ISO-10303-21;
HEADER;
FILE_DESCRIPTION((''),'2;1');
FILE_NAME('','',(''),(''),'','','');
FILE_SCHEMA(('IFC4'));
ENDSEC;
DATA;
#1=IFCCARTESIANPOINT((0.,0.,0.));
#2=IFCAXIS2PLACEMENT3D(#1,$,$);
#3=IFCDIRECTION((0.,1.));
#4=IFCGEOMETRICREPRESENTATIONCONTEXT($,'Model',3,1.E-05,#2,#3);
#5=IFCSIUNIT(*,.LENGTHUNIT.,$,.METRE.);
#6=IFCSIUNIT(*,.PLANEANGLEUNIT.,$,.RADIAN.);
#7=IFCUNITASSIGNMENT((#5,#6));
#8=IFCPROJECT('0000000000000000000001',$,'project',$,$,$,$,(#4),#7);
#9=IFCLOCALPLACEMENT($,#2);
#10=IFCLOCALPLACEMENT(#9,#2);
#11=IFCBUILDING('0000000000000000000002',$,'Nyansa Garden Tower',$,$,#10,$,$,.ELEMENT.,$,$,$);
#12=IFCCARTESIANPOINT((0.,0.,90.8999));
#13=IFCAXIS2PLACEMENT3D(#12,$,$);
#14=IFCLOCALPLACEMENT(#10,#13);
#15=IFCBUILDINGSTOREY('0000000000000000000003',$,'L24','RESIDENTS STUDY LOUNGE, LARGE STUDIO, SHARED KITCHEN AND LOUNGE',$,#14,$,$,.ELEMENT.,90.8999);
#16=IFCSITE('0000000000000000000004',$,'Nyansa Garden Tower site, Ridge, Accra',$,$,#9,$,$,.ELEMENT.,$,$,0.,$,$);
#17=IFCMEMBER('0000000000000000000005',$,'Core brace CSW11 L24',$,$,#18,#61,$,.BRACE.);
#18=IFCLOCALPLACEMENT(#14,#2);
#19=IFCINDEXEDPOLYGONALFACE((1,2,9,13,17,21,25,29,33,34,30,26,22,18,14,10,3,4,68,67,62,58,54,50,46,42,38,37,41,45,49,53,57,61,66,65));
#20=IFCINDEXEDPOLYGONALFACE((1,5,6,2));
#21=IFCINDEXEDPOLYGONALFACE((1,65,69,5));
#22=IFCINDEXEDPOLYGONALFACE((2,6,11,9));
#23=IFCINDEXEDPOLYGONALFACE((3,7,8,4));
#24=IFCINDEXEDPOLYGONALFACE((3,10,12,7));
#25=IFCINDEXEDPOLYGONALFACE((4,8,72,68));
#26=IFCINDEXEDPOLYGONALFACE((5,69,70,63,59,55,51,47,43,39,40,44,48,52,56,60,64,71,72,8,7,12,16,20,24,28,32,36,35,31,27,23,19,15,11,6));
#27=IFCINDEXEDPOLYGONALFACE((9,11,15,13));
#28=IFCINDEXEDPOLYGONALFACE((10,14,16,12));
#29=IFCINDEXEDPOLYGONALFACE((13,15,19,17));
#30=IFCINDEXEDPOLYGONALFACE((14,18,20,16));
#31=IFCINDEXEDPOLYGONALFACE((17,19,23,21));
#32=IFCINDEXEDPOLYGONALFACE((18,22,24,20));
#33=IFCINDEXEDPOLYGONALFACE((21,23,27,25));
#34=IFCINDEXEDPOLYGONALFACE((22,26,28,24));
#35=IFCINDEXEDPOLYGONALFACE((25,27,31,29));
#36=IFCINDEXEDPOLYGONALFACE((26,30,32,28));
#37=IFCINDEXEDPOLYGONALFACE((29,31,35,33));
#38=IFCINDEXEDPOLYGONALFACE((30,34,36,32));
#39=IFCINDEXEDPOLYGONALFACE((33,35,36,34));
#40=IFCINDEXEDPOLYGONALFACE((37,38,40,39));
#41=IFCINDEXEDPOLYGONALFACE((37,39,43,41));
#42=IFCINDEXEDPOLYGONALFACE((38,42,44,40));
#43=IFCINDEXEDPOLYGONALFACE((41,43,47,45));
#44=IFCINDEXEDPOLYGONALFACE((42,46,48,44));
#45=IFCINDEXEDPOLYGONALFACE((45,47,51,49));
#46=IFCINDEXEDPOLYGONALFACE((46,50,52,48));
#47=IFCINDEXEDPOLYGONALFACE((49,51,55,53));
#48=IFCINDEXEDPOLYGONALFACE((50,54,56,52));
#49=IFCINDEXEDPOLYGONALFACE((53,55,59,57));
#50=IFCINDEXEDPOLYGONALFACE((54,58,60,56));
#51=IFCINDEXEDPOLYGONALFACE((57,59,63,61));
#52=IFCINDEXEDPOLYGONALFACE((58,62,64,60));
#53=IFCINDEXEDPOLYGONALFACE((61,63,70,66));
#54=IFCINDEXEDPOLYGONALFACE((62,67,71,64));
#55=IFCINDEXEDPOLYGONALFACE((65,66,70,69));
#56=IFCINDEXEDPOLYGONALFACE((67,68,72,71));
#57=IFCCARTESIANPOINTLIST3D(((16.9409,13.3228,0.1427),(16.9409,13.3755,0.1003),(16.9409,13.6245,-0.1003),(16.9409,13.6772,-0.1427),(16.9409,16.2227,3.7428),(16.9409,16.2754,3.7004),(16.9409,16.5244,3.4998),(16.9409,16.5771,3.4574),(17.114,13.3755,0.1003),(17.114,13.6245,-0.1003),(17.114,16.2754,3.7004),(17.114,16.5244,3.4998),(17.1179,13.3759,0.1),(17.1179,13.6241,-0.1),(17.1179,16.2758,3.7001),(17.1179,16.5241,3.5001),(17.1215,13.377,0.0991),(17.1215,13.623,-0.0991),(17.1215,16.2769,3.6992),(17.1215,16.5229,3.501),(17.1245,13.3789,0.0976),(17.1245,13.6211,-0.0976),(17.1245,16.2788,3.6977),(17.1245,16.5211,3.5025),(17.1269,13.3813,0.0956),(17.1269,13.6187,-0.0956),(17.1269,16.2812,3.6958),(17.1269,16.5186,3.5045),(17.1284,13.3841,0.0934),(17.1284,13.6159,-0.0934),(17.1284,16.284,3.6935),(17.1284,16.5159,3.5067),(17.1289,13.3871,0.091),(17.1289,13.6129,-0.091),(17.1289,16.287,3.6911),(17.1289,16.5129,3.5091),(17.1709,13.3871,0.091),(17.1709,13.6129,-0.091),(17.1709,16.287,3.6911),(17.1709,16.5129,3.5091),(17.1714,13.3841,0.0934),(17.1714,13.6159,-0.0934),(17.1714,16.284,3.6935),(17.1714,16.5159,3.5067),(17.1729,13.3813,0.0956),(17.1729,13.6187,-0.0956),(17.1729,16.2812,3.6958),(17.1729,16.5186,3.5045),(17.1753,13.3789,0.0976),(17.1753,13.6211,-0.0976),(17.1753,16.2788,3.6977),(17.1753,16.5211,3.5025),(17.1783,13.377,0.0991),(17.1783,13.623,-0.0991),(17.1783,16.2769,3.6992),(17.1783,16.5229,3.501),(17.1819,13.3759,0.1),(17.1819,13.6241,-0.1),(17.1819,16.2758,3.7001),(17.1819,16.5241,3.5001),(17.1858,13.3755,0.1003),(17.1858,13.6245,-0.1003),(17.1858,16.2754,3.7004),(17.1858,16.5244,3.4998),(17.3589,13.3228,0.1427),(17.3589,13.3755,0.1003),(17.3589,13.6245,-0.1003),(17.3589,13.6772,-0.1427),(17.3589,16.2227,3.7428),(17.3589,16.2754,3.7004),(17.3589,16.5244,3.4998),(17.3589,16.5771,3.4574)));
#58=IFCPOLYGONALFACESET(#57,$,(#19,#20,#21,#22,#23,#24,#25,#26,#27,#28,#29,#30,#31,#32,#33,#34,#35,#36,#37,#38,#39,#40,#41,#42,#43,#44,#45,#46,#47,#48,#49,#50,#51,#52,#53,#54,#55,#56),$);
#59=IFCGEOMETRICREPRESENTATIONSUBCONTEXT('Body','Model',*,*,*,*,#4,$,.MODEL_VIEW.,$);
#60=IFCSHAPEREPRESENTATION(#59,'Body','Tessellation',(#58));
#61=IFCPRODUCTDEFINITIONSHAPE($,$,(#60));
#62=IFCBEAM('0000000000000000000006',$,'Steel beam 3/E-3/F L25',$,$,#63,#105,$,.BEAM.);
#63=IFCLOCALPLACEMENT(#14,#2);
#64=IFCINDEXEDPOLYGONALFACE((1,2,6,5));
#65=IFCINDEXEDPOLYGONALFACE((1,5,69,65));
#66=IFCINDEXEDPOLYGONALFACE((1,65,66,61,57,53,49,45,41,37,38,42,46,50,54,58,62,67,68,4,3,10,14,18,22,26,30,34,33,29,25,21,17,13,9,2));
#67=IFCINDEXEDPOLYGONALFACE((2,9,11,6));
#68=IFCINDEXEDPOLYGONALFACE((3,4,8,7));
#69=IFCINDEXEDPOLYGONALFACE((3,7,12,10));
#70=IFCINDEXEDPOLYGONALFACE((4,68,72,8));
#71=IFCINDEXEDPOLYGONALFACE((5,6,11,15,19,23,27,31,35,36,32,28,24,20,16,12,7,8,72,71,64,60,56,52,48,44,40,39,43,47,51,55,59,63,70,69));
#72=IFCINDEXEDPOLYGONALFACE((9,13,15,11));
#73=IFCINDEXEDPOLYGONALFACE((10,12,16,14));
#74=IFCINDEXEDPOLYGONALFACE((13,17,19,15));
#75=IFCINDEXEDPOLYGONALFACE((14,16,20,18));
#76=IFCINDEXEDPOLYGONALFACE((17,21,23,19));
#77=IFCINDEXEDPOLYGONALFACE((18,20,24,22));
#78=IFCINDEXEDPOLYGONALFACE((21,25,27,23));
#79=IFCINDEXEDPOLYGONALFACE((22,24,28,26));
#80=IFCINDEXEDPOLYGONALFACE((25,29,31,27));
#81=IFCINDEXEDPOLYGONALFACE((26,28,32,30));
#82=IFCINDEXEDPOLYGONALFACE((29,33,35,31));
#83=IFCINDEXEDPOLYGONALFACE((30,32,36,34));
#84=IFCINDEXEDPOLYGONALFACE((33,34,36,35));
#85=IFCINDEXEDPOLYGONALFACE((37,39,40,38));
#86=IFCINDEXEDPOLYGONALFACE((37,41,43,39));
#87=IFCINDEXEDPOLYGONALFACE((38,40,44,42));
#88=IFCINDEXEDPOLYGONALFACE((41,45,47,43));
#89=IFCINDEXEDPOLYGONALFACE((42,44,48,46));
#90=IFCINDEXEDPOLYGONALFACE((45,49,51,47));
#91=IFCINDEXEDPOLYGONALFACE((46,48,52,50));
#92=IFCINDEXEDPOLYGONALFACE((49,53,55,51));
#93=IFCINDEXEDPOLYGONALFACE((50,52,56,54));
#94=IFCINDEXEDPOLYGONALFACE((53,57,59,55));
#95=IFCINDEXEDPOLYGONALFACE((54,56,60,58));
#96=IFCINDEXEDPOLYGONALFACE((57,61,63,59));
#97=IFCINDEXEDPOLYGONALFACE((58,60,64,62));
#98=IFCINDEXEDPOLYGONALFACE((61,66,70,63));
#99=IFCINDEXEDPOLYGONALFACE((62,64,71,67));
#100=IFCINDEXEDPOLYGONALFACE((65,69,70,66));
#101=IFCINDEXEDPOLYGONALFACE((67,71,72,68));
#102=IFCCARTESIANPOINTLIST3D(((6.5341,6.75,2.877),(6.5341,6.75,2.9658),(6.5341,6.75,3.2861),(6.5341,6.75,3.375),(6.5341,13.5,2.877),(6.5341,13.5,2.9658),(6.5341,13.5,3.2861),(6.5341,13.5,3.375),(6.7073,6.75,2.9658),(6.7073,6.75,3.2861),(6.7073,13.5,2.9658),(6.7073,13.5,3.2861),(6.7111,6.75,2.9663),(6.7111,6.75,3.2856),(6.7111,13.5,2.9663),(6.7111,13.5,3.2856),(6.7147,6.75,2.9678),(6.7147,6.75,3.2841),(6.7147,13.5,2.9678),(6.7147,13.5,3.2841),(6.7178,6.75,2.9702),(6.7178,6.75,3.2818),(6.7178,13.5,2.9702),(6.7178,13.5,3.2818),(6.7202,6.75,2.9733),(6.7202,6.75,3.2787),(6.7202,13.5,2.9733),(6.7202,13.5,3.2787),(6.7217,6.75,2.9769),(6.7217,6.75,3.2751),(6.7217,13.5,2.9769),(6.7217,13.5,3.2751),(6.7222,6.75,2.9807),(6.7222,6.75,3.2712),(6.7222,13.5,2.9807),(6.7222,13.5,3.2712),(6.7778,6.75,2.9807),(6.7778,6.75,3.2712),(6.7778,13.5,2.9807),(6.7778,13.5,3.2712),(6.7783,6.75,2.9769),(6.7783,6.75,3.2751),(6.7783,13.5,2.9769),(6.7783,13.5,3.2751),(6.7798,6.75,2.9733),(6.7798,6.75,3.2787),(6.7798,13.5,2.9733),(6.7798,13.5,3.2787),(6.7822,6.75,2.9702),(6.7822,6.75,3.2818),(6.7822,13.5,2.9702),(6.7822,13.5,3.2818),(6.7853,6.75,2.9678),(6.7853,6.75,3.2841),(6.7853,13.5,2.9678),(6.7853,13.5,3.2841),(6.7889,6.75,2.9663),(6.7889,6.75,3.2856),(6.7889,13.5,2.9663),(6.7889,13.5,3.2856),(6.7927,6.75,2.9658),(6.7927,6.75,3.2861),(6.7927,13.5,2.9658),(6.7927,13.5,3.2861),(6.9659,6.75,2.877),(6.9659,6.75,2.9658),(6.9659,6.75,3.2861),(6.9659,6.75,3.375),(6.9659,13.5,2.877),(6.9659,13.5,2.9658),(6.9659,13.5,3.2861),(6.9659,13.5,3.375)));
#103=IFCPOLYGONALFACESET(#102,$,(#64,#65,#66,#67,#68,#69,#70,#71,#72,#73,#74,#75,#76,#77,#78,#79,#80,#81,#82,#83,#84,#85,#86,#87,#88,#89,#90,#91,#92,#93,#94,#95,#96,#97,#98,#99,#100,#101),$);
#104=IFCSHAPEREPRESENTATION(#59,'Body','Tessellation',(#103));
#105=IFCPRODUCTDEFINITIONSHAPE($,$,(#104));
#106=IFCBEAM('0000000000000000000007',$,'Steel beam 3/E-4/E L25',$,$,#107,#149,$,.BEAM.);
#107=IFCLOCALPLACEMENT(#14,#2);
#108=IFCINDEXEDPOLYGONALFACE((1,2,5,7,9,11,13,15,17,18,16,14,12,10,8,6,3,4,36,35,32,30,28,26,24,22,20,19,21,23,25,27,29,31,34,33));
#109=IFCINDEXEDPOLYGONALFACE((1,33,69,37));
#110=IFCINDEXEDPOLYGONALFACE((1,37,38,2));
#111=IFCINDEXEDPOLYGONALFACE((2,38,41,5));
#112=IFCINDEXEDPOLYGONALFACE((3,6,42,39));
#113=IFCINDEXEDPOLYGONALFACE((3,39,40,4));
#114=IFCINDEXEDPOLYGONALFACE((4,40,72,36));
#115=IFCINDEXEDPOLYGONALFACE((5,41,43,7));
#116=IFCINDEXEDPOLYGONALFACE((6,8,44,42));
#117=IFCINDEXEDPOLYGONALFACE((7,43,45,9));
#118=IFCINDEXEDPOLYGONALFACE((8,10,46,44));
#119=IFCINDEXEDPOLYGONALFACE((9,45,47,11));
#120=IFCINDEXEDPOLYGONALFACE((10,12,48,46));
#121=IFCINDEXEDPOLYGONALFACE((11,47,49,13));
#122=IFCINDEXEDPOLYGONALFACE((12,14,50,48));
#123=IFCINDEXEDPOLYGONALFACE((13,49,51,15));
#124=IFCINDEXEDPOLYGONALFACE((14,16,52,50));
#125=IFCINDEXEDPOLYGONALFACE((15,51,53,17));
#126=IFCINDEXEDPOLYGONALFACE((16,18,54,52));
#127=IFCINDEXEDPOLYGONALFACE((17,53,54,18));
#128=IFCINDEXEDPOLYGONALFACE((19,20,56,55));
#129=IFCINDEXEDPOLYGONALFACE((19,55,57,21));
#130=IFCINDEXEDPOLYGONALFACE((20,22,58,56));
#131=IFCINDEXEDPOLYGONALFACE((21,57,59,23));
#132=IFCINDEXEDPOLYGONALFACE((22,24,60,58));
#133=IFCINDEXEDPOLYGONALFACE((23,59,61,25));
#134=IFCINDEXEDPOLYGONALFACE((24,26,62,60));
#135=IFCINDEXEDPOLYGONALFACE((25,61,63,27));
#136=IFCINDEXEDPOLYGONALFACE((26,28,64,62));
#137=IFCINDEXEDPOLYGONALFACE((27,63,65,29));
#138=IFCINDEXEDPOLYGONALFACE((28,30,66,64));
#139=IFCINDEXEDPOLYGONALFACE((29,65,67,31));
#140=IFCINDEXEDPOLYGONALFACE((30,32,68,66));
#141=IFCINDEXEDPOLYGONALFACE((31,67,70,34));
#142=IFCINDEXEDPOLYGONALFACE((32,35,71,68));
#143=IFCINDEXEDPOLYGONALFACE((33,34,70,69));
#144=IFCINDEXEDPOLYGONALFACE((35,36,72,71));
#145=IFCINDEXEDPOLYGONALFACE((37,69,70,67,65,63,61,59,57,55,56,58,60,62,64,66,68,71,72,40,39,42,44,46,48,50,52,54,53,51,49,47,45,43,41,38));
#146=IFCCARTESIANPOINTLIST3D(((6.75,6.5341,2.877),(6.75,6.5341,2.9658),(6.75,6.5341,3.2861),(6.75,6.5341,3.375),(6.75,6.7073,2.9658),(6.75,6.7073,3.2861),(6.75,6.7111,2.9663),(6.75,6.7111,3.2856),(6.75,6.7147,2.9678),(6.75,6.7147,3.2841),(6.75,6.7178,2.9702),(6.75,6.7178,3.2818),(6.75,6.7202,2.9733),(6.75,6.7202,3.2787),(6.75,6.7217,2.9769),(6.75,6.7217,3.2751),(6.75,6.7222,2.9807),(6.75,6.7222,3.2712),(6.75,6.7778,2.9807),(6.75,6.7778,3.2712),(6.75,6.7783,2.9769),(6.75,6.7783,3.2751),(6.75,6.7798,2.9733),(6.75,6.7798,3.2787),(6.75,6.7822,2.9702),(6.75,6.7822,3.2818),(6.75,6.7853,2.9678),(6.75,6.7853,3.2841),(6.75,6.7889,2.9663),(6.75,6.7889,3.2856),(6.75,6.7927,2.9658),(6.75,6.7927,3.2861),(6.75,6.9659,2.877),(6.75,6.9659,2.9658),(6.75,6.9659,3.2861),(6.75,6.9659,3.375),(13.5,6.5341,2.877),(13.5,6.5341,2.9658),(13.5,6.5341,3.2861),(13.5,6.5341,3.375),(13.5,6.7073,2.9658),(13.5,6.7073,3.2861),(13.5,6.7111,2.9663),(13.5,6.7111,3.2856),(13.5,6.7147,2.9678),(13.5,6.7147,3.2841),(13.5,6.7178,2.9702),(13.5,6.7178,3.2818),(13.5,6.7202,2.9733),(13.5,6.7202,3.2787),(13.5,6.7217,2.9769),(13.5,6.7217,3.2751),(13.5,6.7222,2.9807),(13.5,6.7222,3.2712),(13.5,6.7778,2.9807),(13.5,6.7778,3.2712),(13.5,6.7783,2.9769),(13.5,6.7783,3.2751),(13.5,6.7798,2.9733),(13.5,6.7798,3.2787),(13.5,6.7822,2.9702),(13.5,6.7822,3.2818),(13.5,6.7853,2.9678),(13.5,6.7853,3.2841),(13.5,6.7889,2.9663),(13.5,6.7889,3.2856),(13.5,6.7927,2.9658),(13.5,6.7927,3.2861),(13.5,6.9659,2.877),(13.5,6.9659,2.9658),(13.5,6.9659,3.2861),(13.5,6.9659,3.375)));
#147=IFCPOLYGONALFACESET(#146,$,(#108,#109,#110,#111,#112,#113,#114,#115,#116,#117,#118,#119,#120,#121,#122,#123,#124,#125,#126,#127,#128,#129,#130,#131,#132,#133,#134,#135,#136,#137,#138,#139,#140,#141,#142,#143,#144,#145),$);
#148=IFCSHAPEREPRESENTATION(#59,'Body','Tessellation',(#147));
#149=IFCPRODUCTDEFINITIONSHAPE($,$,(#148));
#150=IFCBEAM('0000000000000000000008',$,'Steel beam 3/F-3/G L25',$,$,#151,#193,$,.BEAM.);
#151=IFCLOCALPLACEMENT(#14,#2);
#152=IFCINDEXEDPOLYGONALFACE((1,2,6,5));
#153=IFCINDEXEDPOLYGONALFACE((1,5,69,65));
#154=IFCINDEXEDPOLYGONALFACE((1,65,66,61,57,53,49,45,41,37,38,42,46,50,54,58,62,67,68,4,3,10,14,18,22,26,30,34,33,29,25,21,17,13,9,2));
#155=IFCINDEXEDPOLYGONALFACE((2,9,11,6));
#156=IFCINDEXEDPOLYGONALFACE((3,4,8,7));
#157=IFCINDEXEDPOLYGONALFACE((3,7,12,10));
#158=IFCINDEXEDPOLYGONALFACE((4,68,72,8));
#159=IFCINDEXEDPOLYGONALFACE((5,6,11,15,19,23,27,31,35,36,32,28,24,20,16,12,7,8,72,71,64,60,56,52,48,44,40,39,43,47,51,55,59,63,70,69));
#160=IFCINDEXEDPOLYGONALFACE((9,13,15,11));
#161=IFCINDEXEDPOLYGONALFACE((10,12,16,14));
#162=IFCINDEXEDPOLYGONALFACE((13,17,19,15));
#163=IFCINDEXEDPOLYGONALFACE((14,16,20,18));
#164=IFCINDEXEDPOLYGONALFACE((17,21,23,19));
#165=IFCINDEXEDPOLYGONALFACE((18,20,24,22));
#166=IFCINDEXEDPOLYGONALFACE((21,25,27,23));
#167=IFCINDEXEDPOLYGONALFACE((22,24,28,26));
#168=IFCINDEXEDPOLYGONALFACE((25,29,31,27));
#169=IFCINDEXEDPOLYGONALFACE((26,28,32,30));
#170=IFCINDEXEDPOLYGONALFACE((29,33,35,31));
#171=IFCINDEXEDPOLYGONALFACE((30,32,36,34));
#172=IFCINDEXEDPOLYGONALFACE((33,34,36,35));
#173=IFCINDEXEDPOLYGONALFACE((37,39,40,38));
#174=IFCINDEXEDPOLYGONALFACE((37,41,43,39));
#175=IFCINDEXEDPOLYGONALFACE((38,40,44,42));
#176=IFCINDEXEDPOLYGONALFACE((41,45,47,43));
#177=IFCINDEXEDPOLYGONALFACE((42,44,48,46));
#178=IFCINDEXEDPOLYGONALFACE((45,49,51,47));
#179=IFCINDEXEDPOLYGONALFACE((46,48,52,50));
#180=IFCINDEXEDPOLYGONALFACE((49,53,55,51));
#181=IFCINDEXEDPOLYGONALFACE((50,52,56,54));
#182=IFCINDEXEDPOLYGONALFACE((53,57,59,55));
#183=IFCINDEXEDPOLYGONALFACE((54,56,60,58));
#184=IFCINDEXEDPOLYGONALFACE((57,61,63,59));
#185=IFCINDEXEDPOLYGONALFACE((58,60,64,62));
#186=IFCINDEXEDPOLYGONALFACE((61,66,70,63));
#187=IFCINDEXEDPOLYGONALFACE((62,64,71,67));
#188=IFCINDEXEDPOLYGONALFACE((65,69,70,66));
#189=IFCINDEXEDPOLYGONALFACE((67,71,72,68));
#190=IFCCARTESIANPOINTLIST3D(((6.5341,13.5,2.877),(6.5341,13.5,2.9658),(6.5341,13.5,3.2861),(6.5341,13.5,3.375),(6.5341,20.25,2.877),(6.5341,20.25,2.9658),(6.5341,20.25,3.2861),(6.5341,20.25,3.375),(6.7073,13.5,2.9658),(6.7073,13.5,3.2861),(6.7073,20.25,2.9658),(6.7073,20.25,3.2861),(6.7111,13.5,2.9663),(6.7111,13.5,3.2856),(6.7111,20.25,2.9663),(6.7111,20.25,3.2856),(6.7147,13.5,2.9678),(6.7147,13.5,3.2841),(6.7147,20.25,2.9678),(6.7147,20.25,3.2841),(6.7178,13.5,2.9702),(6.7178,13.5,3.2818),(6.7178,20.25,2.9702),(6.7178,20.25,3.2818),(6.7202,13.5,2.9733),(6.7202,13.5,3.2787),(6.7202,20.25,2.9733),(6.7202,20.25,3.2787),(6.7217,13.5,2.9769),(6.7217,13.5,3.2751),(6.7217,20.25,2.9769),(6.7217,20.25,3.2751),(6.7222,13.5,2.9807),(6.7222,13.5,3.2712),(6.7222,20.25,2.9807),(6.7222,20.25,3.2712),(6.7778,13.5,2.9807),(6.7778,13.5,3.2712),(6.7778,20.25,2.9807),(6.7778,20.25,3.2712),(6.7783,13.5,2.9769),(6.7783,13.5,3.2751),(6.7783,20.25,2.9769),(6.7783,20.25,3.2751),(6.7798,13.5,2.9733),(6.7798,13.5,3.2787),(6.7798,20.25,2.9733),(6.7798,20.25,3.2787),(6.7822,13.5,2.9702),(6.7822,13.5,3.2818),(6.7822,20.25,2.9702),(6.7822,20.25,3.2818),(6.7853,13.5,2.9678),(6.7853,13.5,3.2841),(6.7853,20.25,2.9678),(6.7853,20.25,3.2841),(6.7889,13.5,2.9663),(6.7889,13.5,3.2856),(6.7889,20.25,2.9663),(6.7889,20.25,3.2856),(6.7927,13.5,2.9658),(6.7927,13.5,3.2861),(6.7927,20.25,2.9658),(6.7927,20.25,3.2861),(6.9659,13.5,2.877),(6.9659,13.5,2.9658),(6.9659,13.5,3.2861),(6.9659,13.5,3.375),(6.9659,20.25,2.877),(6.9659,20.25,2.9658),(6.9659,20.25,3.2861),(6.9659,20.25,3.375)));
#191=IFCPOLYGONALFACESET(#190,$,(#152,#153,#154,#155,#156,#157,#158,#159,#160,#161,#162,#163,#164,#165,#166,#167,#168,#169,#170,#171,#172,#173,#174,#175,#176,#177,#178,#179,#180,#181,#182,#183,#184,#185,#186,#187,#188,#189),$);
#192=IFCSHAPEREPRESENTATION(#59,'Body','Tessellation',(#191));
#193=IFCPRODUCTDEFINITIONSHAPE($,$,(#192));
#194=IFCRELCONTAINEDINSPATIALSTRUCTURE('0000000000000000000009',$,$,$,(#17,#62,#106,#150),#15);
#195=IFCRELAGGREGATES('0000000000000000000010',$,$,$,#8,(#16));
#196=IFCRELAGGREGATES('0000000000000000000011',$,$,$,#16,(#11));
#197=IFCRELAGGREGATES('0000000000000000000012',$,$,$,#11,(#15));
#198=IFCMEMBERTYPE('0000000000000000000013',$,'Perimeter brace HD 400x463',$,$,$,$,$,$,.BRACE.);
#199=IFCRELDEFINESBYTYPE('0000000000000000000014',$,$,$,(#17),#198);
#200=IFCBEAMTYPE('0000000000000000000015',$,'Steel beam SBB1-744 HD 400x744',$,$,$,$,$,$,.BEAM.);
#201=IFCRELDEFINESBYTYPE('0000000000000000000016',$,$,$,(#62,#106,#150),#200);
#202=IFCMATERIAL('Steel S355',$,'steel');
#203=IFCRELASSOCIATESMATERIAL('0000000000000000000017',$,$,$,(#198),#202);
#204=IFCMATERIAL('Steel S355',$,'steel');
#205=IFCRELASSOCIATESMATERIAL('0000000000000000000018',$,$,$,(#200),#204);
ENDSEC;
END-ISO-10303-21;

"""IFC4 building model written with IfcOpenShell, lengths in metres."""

from ifc_helpers import new_model, si_unit, direction, frame, origin, origin_2d, place, context, subcontext, project, spatial, i_section, extrude, material, material_profile, profile_set, type_object, element, save


model = new_model("IFC4")

# Units and contexts
model_context = context("Model", 3, precision=1e-05, world=origin(), true_north=direction((0.0, 1.0)))
body_context = subcontext(model_context, "Body", "Model", "MODEL_VIEW")
ifc_project = project(units=[si_unit("LENGTHUNIT", "METRE"), si_unit("PLANEANGLEUNIT", "RADIAN")], contexts=[model_context])

# Site, building, storey
site_placement = place(None, origin())
site = spatial("IfcSite", under=ifc_project, at=site_placement, Name="Nyansa Garden Tower site, Ridge, Accra", CompositionType="ELEMENT", RefElevation=0.0)
building_placement = place(site_placement, origin())
building = spatial("IfcBuilding", under=site, at=building_placement, Name="Nyansa Garden Tower", CompositionType="ELEMENT")
storey_placement = place(building_placement, frame((0.0, 0.0, 90.8999)))
storey = spatial("IfcBuildingStorey", under=building, at=storey_placement, Name="L24", Description="RESIDENTS STUDY LOUNGE, LARGE STUDIO, SHARED KITCHEN AND LOUNGE", CompositionType="ELEMENT", Elevation=90.8999)

# Member
ifc_material_1 = material(Name="Steel S355", Category="steel")
ifc_material_profile_1 = material_profile(ifc_material_1, i_section(OverallWidth=0.418, OverallDepth=0.4551, WebThickness=0.042, FlangeThickness=0.0676, FilletRadius=0.0149, at=origin_2d()), Name="HD 400x463")
ifc_profile_set_1 = profile_set([ifc_material_profile_1], Name="Steel S355")
member_type_1 = type_object("IfcMemberType", Name="Perimeter brace HD 400x463", PredefinedType="BRACE", material=ifc_profile_set_1)
member_1_placement = place(storey_placement, frame((17.1499, 13.5, 0.0), z_axis=(0.0, 0.627306, 0.778773), x_axis=(-1.0, 0.0, 0.0)))
element("IfcMember", 1, at=member_1_placement, inside=storey, type_object=member_type_1, Name="Core brace CSW11 L24", PredefinedType="BRACE", context=body_context, shape_type="SweptSolid", body=[
    extrude(i_section(OverallWidth=0.418, OverallDepth=0.4551, WebThickness=0.042, FlangeThickness=0.0676, FilletRadius=0.0149, at=origin_2d()), origin(), (0.0, 0.0, 1.0), 4.6228),
])

# Beams
ifc_material_2 = material(Name="Steel S355", Category="steel")
ifc_material_profile_2 = material_profile(ifc_material_2, i_section(OverallWidth=0.4319, OverallDepth=0.498, WebThickness=0.0557, FlangeThickness=0.0889, FilletRadius=0.0149, at=origin_2d()), Name="HD 400x744")
ifc_profile_set_2 = profile_set([ifc_material_profile_2], Name="Steel S355")
beam_type_1 = type_object("IfcBeamType", Name="Steel beam SBB1-744 HD 400x744", PredefinedType="BEAM", material=ifc_profile_set_2)
for number, where, z_axis, x_axis, name in (
    (2, (6.75, 6.75, 3.126), (0.0, 1.0, 0.0), (-1.0, 0.0, 0.0), "Steel beam 3/E-3/F L25"),
    (3, (6.75, 6.75, 3.126), (1.0, 0.0, 0.0), (0.0, 1.0, 0.0), "Steel beam 3/E-4/E L25"),
    (4, (6.75, 13.5, 3.126), (0.0, 1.0, 0.0), (-1.0, 0.0, 0.0), "Steel beam 3/F-3/G L25"),
):
    element("IfcBeam", number, at=place(storey_placement, frame(where, z_axis=z_axis, x_axis=x_axis)), inside=storey, type_object=beam_type_1, Name=name, PredefinedType="BEAM", context=body_context, shape_type="SweptSolid", body=[
        extrude(i_section(OverallWidth=0.4319, OverallDepth=0.498, WebThickness=0.0557, FlangeThickness=0.0889, FilletRadius=0.0149, at=origin_2d()), origin(), (0.0, 0.0, 1.0), 6.75),
    ])

save(model, "model.ifc")
